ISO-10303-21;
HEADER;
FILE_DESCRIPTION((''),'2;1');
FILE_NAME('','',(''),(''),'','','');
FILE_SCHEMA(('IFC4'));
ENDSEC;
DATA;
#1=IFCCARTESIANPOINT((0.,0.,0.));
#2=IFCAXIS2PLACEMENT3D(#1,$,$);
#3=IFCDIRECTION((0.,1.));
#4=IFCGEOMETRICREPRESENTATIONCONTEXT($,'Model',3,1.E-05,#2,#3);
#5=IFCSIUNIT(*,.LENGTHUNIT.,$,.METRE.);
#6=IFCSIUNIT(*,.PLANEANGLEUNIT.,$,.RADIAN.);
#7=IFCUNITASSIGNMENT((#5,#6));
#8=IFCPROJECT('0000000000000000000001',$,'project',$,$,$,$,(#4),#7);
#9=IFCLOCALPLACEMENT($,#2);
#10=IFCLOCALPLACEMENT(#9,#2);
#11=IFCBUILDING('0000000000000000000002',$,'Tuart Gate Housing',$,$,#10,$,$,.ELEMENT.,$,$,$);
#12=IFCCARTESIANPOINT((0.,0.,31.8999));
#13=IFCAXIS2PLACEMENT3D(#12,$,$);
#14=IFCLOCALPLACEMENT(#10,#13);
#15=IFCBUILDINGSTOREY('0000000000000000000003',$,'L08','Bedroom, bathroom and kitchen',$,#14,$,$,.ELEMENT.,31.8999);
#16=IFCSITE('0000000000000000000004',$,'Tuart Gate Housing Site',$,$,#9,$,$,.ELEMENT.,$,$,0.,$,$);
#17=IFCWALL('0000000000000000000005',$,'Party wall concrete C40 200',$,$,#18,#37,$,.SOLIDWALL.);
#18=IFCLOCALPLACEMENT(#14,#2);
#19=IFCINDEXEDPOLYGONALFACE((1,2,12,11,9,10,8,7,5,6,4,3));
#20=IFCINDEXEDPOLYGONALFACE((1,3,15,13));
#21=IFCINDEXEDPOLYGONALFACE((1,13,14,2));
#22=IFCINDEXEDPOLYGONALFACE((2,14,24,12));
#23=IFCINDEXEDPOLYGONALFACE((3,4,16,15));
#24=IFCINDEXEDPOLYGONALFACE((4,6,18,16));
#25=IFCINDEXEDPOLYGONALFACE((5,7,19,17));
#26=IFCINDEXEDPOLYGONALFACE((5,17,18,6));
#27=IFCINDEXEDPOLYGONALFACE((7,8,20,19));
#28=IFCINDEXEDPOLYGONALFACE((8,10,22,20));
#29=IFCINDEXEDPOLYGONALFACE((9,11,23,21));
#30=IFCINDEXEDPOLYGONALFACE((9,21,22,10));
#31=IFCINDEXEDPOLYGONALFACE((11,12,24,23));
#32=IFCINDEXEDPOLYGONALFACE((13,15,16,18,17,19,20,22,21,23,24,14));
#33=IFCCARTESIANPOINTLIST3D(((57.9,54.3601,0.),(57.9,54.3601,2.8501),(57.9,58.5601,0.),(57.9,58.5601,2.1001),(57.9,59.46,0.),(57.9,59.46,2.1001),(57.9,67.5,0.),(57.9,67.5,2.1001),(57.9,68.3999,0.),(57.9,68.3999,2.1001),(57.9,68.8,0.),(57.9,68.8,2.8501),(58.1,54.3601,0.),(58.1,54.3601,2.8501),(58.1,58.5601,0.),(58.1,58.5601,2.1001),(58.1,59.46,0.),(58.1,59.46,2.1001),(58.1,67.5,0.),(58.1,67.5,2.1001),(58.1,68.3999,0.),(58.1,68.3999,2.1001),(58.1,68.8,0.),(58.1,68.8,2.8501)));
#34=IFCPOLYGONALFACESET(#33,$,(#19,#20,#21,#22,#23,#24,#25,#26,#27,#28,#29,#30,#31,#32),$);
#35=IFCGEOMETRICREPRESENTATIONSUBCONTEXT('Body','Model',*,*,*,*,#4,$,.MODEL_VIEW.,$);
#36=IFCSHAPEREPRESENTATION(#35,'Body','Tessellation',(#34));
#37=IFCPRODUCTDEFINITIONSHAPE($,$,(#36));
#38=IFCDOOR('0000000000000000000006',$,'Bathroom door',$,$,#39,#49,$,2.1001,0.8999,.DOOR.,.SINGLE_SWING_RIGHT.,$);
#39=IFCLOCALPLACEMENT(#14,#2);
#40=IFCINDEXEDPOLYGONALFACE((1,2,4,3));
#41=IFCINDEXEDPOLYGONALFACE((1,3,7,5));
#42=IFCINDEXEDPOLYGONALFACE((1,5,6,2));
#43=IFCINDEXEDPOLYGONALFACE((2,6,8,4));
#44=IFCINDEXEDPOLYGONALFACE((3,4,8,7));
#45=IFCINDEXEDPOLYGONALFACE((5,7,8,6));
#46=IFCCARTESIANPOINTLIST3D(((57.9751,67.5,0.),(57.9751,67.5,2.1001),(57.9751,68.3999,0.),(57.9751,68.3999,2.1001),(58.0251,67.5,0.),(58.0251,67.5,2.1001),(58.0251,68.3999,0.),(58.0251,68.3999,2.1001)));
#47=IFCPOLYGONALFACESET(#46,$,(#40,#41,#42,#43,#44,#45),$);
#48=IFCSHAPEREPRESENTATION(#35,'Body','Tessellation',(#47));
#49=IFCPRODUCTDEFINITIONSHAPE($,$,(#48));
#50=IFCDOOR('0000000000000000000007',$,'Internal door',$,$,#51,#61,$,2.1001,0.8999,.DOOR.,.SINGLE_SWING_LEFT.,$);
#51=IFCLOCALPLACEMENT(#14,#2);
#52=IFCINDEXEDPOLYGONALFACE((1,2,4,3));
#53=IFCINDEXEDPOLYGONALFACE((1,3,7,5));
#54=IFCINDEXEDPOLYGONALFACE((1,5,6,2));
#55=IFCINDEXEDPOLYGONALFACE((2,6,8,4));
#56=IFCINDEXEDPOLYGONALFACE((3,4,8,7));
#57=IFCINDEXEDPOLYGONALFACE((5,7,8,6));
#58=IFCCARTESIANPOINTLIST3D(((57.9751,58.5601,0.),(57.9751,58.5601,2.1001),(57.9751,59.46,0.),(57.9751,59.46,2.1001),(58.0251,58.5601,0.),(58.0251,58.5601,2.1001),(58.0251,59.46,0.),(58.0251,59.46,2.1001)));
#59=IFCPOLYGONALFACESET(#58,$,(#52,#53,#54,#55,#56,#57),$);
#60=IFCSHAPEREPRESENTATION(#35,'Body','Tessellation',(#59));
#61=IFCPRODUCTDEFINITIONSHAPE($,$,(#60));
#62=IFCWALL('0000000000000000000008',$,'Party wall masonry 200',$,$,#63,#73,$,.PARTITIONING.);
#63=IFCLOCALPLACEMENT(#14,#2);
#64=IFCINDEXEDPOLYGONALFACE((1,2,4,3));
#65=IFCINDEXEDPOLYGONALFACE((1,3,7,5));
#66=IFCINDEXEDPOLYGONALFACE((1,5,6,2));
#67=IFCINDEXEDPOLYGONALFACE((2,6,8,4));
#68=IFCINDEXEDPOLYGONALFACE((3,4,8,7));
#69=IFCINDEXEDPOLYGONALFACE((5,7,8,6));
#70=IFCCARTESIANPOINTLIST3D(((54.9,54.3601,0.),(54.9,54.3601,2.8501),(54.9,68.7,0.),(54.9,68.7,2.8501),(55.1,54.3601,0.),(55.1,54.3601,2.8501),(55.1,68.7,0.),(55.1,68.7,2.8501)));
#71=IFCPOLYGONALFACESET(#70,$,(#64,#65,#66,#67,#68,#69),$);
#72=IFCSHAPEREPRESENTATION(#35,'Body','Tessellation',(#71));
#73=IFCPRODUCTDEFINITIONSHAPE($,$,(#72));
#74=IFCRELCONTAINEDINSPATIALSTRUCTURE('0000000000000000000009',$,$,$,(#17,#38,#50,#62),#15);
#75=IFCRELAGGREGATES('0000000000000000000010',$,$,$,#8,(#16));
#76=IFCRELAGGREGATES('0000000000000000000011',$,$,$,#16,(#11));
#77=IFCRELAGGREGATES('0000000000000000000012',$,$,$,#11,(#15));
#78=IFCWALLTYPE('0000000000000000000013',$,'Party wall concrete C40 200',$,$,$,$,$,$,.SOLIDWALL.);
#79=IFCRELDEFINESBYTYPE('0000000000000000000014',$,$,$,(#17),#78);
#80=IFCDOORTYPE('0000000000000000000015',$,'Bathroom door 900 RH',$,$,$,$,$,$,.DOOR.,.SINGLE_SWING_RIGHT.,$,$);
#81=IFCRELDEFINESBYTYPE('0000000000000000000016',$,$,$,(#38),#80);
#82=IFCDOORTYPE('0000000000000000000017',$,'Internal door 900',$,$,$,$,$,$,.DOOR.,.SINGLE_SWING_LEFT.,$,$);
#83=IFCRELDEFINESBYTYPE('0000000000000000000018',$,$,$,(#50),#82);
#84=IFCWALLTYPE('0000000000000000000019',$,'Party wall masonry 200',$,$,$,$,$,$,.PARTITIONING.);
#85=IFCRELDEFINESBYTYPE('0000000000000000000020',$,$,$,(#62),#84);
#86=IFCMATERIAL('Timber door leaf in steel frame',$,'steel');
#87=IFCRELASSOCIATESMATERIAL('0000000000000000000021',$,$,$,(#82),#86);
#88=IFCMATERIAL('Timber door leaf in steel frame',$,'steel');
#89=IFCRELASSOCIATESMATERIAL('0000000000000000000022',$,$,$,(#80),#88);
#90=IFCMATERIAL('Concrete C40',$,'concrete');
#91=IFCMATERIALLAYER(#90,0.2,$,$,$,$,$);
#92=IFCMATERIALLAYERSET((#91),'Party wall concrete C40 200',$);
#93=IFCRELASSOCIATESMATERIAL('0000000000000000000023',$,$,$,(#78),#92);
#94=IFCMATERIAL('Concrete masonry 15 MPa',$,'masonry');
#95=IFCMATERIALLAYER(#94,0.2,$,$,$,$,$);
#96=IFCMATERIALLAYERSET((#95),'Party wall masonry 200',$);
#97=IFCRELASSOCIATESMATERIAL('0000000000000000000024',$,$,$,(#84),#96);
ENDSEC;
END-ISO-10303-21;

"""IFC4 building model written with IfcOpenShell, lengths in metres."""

from ifc_helpers import new_model, si_unit, direction, frame, frame_2d, origin, place, context, subcontext, project, spatial, rectangle, extrude, material, layer, layer_set, type_object, element, fill, save


model = new_model("IFC4")

# Units and contexts
model_context = context("Model", 3, precision=1e-05, world=origin(), true_north=direction((0.0, 1.0)))
body_context = subcontext(model_context, "Body", "Model", "MODEL_VIEW")
ifc_project = project(units=[si_unit("LENGTHUNIT", "METRE"), si_unit("PLANEANGLEUNIT", "RADIAN")], contexts=[model_context])

# Site, building, storey
site_placement = place(None, origin())
site = spatial("IfcSite", under=ifc_project, at=site_placement, Name="Tuart Gate Housing Site", CompositionType="ELEMENT", RefElevation=0.0)
building_placement = place(site_placement, origin())
building = spatial("IfcBuilding", under=site, at=building_placement, Name="Tuart Gate Housing", CompositionType="ELEMENT")
storey_placement = place(building_placement, frame((0.0, 0.0, 31.8999)))
storey = spatial("IfcBuildingStorey", under=building, at=storey_placement, Name="L08", Description="Bedroom, bathroom and kitchen", CompositionType="ELEMENT", Elevation=31.8999)

# Shared definitions
ifc_material_1 = material(Name="Timber door leaf in steel frame", Category="steel")
door_type_1 = type_object("IfcDoorType", Name="Internal door 900", OperationType="SINGLE_SWING_LEFT", PredefinedType="DOOR", material=ifc_material_1)

# Shared definitions
ifc_material_2 = material(Name="Timber door leaf in steel frame", Category="steel")
door_type_2 = type_object("IfcDoorType", Name="Bathroom door 900 RH", OperationType="SINGLE_SWING_RIGHT", PredefinedType="DOOR", material=ifc_material_2)

# Shared definitions
ifc_material_3 = material(Name="Concrete C40", Category="concrete")
ifc_layer_1 = layer(ifc_material_3, 0.2)
ifc_layer_set_1 = layer_set([ifc_layer_1], Name="Party wall concrete C40 200")
wall_type_1 = type_object("IfcWallType", Name="Party wall concrete C40 200", PredefinedType="SOLIDWALL", material=ifc_layer_set_1)

# Wall, openings, doors
wall_1_placement = place(storey_placement, frame((58.0, 54.3601, 0.0), z_axis=(0.0, 0.0, 1.0), x_axis=(0.0, 1.0, 0.0)))
wall_1 = element("IfcWall", 1, at=wall_1_placement, inside=storey, type_object=wall_type_1, Name="Party wall concrete C40 200", PredefinedType="SOLIDWALL", context=body_context, shape_type="SweptSolid", body=[
    extrude(rectangle(XDim=14.4399, YDim=0.2, at=frame_2d((7.22, 0.0))), origin(), (0.0, 0.0, 1.0), 2.8501),
])
opening_1_placement = place(wall_1_placement, frame((4.2, 0.0, 0.0)))
opening_1 = element("IfcOpeningElement", 2, at=opening_1_placement, cuts=wall_1, PredefinedType="OPENING", context=body_context, shape_type="SweptSolid", body=[
    extrude(rectangle(XDim=0.8999, YDim=2.1001, at=frame_2d((0.45, 1.05))), frame((0.0, 0.1099, 0.0), z_axis=(0.0, -1.0, 0.0), x_axis=(1.0, 0.0, 0.0)), (0.0, 0.0, 1.0), 0.22),
])
opening_2_placement = place(wall_1_placement, frame((13.1399, 0.0, 0.0)))
opening_2 = element("IfcOpeningElement", 3, at=opening_2_placement, cuts=wall_1, PredefinedType="OPENING", context=body_context, shape_type="SweptSolid", body=[
    extrude(rectangle(XDim=0.8999, YDim=2.1001, at=frame_2d((0.45, 1.05))), frame((0.0, 0.1099, 0.0), z_axis=(0.0, -1.0, 0.0), x_axis=(1.0, 0.0, 0.0)), (0.0, 0.0, 1.0), 0.22),
])
door_1_placement = place(opening_2_placement, origin())
door_1 = element("IfcDoor", 4, at=door_1_placement, inside=storey, type_object=door_type_2, Name="Bathroom door", OperationType="SINGLE_SWING_RIGHT", OverallHeight=2.1001, OverallWidth=0.8999, PredefinedType="DOOR", context=body_context, shape_type="SweptSolid", body=[
    extrude(rectangle(XDim=0.8999, YDim=2.1001, at=frame_2d((0.45, 1.05))), frame((0.0, 0.0249, 0.0), z_axis=(0.0, -1.0, 0.0), x_axis=(1.0, 0.0, 0.0)), (0.0, 0.0, 1.0), 0.05),
])
fill(opening_2, door_1)
door_2_placement = place(opening_1_placement, origin())
door_2 = element("IfcDoor", 5, at=door_2_placement, inside=storey, type_object=door_type_1, Name="Internal door", OperationType="SINGLE_SWING_LEFT", OverallHeight=2.1001, OverallWidth=0.8999, PredefinedType="DOOR", context=body_context, shape_type="SweptSolid", body=[
    extrude(rectangle(XDim=0.8999, YDim=2.1001, at=frame_2d((0.45, 1.05))), frame((0.0, 0.0249, 0.0), z_axis=(0.0, -1.0, 0.0), x_axis=(1.0, 0.0, 0.0)), (0.0, 0.0, 1.0), 0.05),
])
fill(opening_1, door_2)

# Wall
ifc_material_4 = material(Name="Concrete masonry 15 MPa", Category="masonry")
ifc_layer_2 = layer(ifc_material_4, 0.2)
ifc_layer_set_2 = layer_set([ifc_layer_2], Name="Party wall masonry 200")
wall_type_2 = type_object("IfcWallType", Name="Party wall masonry 200", PredefinedType="PARTITIONING", material=ifc_layer_set_2)
wall_2_placement = place(storey_placement, frame((55.0, 54.3601, 0.0), z_axis=(0.0, 0.0, 1.0), x_axis=(0.0, 1.0, 0.0)))
element("IfcWall", 6, at=wall_2_placement, inside=storey, type_object=wall_type_2, Name="Party wall masonry 200", PredefinedType="PARTITIONING", context=body_context, shape_type="SweptSolid", body=[
    extrude(rectangle(XDim=14.3398, YDim=0.2, at=frame_2d((7.1699, 0.0))), origin(), (0.0, 0.0, 1.0), 2.8501),
])

save(model, "model.ifc")
